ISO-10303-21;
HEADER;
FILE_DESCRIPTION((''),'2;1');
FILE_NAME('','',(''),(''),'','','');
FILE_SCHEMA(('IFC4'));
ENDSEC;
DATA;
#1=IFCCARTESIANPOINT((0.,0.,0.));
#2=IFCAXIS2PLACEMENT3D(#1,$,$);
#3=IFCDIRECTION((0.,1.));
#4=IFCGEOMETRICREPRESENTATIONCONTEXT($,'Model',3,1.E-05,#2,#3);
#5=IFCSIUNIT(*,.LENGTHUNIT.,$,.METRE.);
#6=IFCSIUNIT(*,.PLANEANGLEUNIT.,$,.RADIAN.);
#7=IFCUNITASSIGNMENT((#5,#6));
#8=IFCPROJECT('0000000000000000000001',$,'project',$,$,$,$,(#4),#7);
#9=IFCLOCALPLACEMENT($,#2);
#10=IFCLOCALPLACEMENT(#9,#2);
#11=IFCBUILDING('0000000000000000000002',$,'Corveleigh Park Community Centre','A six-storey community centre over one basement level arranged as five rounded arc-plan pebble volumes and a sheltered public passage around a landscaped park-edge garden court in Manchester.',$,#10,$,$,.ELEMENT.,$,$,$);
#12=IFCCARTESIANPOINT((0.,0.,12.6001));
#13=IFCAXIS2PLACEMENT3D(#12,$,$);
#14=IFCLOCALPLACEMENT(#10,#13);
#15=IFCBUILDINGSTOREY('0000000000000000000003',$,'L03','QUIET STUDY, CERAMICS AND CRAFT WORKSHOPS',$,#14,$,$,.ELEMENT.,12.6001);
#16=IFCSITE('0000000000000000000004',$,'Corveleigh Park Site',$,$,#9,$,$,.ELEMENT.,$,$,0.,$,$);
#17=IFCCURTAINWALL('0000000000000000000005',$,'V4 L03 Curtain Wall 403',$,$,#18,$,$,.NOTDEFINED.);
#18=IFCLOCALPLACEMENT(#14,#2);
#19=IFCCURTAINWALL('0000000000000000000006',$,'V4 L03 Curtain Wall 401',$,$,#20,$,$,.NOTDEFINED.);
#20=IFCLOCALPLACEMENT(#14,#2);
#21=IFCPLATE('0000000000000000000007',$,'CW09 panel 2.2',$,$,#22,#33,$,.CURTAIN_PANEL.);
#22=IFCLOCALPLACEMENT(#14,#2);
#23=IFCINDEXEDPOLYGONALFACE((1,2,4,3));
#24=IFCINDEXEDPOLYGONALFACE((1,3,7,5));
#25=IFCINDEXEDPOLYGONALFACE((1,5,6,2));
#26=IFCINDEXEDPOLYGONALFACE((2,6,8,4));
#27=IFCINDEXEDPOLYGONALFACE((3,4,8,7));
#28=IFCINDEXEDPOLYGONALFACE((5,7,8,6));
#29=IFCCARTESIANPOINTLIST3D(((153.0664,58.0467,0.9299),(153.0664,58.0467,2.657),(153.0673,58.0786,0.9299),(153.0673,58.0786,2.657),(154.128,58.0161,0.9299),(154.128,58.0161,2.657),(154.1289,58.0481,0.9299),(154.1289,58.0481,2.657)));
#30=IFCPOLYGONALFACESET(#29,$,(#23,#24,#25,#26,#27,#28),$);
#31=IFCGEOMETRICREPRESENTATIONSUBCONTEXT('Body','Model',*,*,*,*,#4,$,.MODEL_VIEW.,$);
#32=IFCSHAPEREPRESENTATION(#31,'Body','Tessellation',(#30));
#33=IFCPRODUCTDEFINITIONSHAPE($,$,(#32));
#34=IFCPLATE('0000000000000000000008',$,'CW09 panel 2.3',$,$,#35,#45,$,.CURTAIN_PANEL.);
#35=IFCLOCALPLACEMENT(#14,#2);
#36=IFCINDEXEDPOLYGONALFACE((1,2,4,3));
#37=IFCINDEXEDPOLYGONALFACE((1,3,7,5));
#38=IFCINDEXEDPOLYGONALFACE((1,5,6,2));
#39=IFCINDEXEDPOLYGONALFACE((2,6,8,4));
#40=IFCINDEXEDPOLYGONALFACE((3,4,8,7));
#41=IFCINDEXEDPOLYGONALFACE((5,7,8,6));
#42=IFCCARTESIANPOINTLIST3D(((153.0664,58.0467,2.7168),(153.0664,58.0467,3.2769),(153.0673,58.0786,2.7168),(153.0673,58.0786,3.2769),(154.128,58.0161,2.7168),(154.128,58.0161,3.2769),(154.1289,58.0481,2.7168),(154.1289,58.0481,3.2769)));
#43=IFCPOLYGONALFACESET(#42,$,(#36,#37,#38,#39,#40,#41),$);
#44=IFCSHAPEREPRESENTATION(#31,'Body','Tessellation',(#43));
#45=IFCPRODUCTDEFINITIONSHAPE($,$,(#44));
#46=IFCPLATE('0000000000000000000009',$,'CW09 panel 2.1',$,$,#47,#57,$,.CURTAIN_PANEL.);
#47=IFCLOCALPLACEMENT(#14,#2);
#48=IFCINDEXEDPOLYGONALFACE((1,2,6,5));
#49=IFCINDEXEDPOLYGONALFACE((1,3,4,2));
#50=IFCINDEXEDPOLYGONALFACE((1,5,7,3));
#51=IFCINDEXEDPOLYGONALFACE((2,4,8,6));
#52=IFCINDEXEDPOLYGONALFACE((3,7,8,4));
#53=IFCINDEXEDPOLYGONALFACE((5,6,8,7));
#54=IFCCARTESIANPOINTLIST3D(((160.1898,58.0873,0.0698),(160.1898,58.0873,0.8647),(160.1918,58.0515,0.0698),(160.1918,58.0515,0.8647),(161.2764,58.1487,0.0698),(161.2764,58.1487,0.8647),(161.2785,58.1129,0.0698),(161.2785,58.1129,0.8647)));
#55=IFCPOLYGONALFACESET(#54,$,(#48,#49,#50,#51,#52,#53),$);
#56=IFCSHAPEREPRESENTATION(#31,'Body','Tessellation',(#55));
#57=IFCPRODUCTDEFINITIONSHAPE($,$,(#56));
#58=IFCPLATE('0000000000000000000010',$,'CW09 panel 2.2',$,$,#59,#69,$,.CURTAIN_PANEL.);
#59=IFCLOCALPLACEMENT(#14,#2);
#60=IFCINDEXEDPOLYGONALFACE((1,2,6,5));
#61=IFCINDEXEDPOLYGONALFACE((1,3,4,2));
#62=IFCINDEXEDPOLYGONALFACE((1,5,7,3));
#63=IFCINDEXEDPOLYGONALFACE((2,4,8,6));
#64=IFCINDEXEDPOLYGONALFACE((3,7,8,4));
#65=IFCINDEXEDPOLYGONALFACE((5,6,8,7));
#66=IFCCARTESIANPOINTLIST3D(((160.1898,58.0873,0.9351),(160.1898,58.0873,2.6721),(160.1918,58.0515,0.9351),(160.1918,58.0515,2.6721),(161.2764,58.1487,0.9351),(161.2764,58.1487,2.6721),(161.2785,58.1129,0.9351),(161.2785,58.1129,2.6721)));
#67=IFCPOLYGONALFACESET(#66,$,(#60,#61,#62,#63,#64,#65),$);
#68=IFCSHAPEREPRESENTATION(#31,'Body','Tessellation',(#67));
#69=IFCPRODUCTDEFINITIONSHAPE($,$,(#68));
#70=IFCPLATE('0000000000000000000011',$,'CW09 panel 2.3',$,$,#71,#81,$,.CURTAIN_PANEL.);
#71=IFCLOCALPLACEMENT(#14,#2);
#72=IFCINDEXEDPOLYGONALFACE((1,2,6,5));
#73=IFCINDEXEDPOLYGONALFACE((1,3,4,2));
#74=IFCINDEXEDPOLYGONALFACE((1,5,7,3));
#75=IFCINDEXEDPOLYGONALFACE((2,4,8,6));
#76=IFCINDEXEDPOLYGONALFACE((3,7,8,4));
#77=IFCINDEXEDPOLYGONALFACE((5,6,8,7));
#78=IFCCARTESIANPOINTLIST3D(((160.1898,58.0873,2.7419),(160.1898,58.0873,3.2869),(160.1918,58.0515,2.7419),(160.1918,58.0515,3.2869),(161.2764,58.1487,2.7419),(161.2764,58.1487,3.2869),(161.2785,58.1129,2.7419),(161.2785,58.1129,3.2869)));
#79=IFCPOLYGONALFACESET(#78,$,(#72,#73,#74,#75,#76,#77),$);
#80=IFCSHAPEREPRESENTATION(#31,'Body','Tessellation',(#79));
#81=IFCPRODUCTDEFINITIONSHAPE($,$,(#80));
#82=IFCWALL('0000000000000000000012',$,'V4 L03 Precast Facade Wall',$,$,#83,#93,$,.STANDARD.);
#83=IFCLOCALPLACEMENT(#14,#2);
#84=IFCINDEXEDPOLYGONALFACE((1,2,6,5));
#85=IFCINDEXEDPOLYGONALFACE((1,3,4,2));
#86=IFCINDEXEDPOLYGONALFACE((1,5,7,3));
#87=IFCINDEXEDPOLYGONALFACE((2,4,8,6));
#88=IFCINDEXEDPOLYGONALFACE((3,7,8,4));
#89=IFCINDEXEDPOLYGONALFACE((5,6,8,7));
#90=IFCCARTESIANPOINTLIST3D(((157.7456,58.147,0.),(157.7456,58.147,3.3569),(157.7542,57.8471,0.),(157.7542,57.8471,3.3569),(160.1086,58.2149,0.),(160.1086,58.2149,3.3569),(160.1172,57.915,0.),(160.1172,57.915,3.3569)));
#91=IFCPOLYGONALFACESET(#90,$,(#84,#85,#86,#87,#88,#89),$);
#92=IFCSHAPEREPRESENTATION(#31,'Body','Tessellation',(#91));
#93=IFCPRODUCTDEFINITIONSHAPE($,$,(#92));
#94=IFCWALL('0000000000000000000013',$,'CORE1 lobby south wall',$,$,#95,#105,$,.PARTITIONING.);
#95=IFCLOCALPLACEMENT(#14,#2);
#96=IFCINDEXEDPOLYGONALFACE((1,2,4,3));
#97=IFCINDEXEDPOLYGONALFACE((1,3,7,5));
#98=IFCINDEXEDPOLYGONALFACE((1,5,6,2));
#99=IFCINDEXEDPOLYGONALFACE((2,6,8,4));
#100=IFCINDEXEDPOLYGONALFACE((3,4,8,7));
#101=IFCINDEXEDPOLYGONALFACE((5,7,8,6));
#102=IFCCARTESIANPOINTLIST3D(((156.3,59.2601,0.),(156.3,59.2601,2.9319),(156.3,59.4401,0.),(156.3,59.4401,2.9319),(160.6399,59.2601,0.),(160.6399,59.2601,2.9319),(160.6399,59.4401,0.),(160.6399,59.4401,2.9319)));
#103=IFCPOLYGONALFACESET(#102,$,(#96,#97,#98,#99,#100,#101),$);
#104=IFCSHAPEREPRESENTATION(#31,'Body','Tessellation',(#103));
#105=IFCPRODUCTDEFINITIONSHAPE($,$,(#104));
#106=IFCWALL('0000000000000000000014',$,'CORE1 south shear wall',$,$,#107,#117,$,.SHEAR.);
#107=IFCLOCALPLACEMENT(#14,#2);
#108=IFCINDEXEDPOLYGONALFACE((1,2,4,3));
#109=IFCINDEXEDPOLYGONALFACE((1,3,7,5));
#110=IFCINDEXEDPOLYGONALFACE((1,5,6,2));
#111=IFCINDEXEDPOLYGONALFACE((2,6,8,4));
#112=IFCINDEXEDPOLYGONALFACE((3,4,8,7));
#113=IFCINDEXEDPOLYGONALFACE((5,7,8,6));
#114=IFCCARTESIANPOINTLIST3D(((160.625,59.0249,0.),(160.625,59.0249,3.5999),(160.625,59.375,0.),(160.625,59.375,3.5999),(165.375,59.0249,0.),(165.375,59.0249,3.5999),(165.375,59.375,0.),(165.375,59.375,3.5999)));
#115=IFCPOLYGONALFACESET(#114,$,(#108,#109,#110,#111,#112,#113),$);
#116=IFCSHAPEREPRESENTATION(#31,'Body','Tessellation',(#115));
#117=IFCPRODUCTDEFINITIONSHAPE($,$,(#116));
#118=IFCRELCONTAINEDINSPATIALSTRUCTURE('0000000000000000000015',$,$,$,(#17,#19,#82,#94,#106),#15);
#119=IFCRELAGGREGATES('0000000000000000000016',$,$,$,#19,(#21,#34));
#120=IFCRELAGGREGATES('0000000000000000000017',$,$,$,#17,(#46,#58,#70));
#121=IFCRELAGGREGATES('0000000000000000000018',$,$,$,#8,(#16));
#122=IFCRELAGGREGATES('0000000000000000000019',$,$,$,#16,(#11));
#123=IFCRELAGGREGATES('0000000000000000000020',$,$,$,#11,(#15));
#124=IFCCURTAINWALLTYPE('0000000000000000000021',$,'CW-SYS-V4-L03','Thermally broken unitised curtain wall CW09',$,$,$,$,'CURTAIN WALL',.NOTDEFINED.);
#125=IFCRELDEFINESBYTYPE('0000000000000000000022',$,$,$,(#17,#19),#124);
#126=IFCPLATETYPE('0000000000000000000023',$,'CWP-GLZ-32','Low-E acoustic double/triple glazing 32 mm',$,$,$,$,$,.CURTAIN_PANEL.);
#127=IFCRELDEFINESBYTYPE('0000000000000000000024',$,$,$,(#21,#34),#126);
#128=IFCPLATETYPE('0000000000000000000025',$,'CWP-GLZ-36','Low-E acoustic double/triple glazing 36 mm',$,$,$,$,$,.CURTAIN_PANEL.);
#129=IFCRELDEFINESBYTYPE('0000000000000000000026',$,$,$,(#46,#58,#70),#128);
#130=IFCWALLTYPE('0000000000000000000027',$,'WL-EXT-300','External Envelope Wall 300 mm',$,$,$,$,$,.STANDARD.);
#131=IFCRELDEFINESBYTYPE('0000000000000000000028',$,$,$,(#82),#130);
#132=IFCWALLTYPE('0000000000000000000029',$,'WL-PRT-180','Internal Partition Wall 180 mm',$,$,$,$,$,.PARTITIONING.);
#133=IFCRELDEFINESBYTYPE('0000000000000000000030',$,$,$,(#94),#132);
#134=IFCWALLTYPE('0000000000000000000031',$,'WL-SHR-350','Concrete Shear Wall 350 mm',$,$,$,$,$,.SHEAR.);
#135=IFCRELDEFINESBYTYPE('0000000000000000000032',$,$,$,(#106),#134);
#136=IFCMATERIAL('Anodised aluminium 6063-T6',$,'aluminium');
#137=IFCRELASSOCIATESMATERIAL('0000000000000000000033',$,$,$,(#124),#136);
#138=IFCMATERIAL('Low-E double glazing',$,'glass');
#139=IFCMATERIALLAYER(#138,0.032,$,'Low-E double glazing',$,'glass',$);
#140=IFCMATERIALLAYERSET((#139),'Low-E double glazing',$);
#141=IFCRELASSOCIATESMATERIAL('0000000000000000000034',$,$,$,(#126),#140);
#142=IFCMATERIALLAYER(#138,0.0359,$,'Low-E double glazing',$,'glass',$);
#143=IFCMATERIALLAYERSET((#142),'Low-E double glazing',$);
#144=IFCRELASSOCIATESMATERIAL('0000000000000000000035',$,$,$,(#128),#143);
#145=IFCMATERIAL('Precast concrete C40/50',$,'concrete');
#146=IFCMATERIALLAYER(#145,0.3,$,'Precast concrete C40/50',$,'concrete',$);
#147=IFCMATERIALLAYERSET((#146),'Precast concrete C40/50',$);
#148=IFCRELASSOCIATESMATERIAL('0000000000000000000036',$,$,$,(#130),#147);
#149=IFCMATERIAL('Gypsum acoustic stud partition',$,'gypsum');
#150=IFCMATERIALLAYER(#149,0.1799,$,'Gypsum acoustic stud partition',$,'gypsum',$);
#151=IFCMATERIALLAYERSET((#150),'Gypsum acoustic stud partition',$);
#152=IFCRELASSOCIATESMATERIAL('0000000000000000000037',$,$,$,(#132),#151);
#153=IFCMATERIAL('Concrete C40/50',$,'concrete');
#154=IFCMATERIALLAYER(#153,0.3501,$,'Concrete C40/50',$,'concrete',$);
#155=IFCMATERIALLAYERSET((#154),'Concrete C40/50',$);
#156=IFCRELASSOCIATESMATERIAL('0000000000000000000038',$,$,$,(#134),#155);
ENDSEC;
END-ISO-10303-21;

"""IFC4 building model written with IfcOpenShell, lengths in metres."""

from ifc_helpers import new_model, si_unit, direction, frame, frame_2d, origin, origin_2d, place, context, subcontext, project, spatial, rectangle, extrude, material, layer, layer_set, type_object, element, aggregate, save


model = new_model("IFC4")

# Units and contexts
model_context = context("Model", 3, precision=1e-05, world=origin(), true_north=direction((0.0, 1.0)))
body_context = subcontext(model_context, "Body", "Model", "MODEL_VIEW")
ifc_project = project(units=[si_unit("LENGTHUNIT", "METRE"), si_unit("PLANEANGLEUNIT", "RADIAN")], contexts=[model_context])

# Site, building, storey
site_placement = place(None, origin())
site = spatial("IfcSite", under=ifc_project, at=site_placement, Name="Corveleigh Park Site", CompositionType="ELEMENT", RefElevation=0.0)
building_placement = place(site_placement, origin())
building = spatial("IfcBuilding", under=site, at=building_placement, Name="Corveleigh Park Community Centre", Description="A six-storey community centre over one basement level arranged as five rounded arc-plan pebble volumes and a sheltered public passage around a landscaped park-edge garden court in Manchester.", CompositionType="ELEMENT")
storey_placement = place(building_placement, frame((0.0, 0.0, 12.6001)))
storey = spatial("IfcBuildingStorey", under=building, at=storey_placement, Name="L03", Description="QUIET STUDY, CERAMICS AND CRAFT WORKSHOPS", CompositionType="ELEMENT", Elevation=12.6001)

# Shared definitions
ifc_material_1 = material(Name="Concrete C40/50", Category="concrete")

# Curtain wall
ifc_material_2 = material(Name="Anodised aluminium 6063-T6", Category="aluminium")
curtain_wall_type = type_object("IfcCurtainWallType", Name="CW-SYS-V4-L03", Description="Thermally broken unitised curtain wall CW09", ElementType="CURTAIN WALL", PredefinedType="NOTDEFINED", material=ifc_material_2)
curtain_wall_1_placement = place(storey_placement, origin())
curtain_wall_1 = element("IfcCurtainWall", 1, at=curtain_wall_1_placement, inside=storey, type_object=curtain_wall_type, Name="V4 L03 Curtain Wall 403", PredefinedType="NOTDEFINED")

# Curtain wall
curtain_wall_2_placement = place(storey_placement, origin())
curtain_wall_2 = element("IfcCurtainWall", 2, at=curtain_wall_2_placement, inside=storey, type_object=curtain_wall_type, Name="V4 L03 Curtain Wall 401", PredefinedType="NOTDEFINED")

# Plates
ifc_material_3 = material(Name="Low-E double glazing", Category="glass")
ifc_layer_1 = layer(ifc_material_3, 0.032, Name="Low-E double glazing", Category="glass")
ifc_layer_set_1 = layer_set([ifc_layer_1], Name="Low-E double glazing")
plate_type_1 = type_object("IfcPlateType", Name="CWP-GLZ-32", Description="Low-E acoustic double/triple glazing 32 mm", PredefinedType="CURTAIN_PANEL", material=ifc_layer_set_1)
plate_1_placement = place(storey_placement, frame((153.5977, 58.0474, 0.9299), z_axis=(0.0, 0.0, 1.0), x_axis=(-0.999586, 0.028765, 0.0)))
plate_1 = element("IfcPlate", 3, at=plate_1_placement, type_object=plate_type_1, Name="CW09 panel 2.2", PredefinedType="CURTAIN_PANEL", context=body_context, shape_type="SweptSolid", body=[
    extrude(rectangle(XDim=1.062, YDim=0.032, at=origin_2d()), origin(), (0.0, 0.0, 1.0), 1.7271),
])
plate_2_placement = place(storey_placement, frame((153.5977, 58.0474, 2.7168), z_axis=(0.0, 0.0, 1.0), x_axis=(-0.999586, 0.028765, 0.0)))
plate_2 = element("IfcPlate", 4, at=plate_2_placement, type_object=plate_type_1, Name="CW09 panel 2.3", PredefinedType="CURTAIN_PANEL", context=body_context, shape_type="SweptSolid", body=[
    extrude(rectangle(XDim=1.062, YDim=0.032, at=origin_2d()), origin(), (0.0, 0.0, 1.0), 0.5601),
])
aggregate(curtain_wall_2, [plate_1, plate_2])
ifc_layer_2 = layer(ifc_material_3, 0.0359, Name="Low-E double glazing", Category="glass")
ifc_layer_set_2 = layer_set([ifc_layer_2], Name="Low-E double glazing")
plate_type_2 = type_object("IfcPlateType", Name="CWP-GLZ-36", Description="Low-E acoustic double/triple glazing 36 mm", PredefinedType="CURTAIN_PANEL", material=ifc_layer_set_2)
plate_3_placement = place(storey_placement, frame((160.7341, 58.1001, 0.0698), z_axis=(0.0, 0.0, 1.0), x_axis=(-0.998406, -0.056434, 0.0)))
plate_3 = element("IfcPlate", 5, at=plate_3_placement, type_object=plate_type_2, Name="CW09 panel 2.1", PredefinedType="CURTAIN_PANEL", context=body_context, shape_type="SweptSolid", body=[
    extrude(rectangle(XDim=1.0884, YDim=0.0359, at=origin_2d()), origin(), (0.0, 0.0, 1.0), 0.7949),
])
plate_4_placement = place(storey_placement, frame((160.7341, 58.1001, 0.9351), z_axis=(0.0, 0.0, 1.0), x_axis=(-0.998406, -0.056434, 0.0)))
plate_4 = element("IfcPlate", 6, at=plate_4_placement, type_object=plate_type_2, Name="CW09 panel 2.2", PredefinedType="CURTAIN_PANEL", context=body_context, shape_type="SweptSolid", body=[
    extrude(rectangle(XDim=1.0884, YDim=0.0359, at=origin_2d()), origin(), (0.0, 0.0, 1.0), 1.7371),
])
plate_5_placement = place(storey_placement, frame((160.7341, 58.1001, 2.7419), z_axis=(0.0, 0.0, 1.0), x_axis=(-0.998406, -0.056434, 0.0)))
plate_5 = element("IfcPlate", 7, at=plate_5_placement, type_object=plate_type_2, Name="CW09 panel 2.3", PredefinedType="CURTAIN_PANEL", context=body_context, shape_type="SweptSolid", body=[
    extrude(rectangle(XDim=1.0884, YDim=0.0359, at=origin_2d()), origin(), (0.0, 0.0, 1.0), 0.5449),
])
aggregate(curtain_wall_1, [plate_3, plate_4, plate_5])

# Walls
ifc_material_4 = material(Name="Precast concrete C40/50", Category="concrete")
ifc_layer_3 = layer(ifc_material_4, 0.3, Name="Precast concrete C40/50", Category="concrete")
ifc_layer_set_3 = layer_set([ifc_layer_3], Name="Precast concrete C40/50")
wall_type_1 = type_object("IfcWallType", Name="WL-EXT-300", Description="External Envelope Wall 300 mm", PredefinedType="STANDARD", material=ifc_layer_set_3)
wall_1_placement = place(storey_placement, frame((160.113, 58.0649, 0.0), z_axis=(0.0, 0.0, 1.0), x_axis=(-0.999588, -0.02871, 0.0)))
element("IfcWall", 8, at=wall_1_placement, inside=storey, type_object=wall_type_1, Name="V4 L03 Precast Facade Wall", PredefinedType="STANDARD", context=body_context, shape_type="SweptSolid", body=[
    extrude(rectangle(XDim=2.364, YDim=0.3, at=frame_2d((1.1821, 0.0))), origin(), (0.0, 0.0, 1.0), 3.3569),
])
ifc_material_5 = material(Name="Gypsum acoustic stud partition", Category="gypsum")
ifc_layer_4 = layer(ifc_material_5, 0.1799, Name="Gypsum acoustic stud partition", Category="gypsum")
ifc_layer_set_4 = layer_set([ifc_layer_4], Name="Gypsum acoustic stud partition")
wall_type_2 = type_object("IfcWallType", Name="WL-PRT-180", Description="Internal Partition Wall 180 mm", PredefinedType="PARTITIONING", material=ifc_layer_set_4)
wall_2_placement = place(storey_placement, frame((156.3, 59.3501, 0.0), z_axis=(0.0, 0.0, 1.0), x_axis=(1.0, 0.0, 0.0)))
element("IfcWall", 9, at=wall_2_placement, inside=storey, type_object=wall_type_2, Name="CORE1 lobby south wall", PredefinedType="PARTITIONING", context=body_context, shape_type="SweptSolid", body=[
    extrude(rectangle(XDim=4.3398, YDim=0.1799, at=frame_2d((2.1699, 0.0))), origin(), (0.0, 0.0, 1.0), 2.9319),
])
ifc_layer_5 = layer(ifc_material_1, 0.3501, Name="Concrete C40/50", Category="concrete")
ifc_layer_set_5 = layer_set([ifc_layer_5], Name="Concrete C40/50")
wall_type_3 = type_object("IfcWallType", Name="WL-SHR-350", Description="Concrete Shear Wall 350 mm", PredefinedType="SHEAR", material=ifc_layer_set_5)
wall_3_placement = place(storey_placement, frame((160.625, 59.2, 0.0), z_axis=(0.0, 0.0, 1.0), x_axis=(1.0, 0.0, 0.0)))
element("IfcWall", 10, at=wall_3_placement, inside=storey, type_object=wall_type_3, Name="CORE1 south shear wall", PredefinedType="SHEAR", context=body_context, shape_type="SweptSolid", body=[
    extrude(rectangle(XDim=4.75, YDim=0.3501, at=frame_2d((2.375, 0.0))), origin(), (0.0, 0.0, 1.0), 3.5999),
])

save(model, "model.ifc")
